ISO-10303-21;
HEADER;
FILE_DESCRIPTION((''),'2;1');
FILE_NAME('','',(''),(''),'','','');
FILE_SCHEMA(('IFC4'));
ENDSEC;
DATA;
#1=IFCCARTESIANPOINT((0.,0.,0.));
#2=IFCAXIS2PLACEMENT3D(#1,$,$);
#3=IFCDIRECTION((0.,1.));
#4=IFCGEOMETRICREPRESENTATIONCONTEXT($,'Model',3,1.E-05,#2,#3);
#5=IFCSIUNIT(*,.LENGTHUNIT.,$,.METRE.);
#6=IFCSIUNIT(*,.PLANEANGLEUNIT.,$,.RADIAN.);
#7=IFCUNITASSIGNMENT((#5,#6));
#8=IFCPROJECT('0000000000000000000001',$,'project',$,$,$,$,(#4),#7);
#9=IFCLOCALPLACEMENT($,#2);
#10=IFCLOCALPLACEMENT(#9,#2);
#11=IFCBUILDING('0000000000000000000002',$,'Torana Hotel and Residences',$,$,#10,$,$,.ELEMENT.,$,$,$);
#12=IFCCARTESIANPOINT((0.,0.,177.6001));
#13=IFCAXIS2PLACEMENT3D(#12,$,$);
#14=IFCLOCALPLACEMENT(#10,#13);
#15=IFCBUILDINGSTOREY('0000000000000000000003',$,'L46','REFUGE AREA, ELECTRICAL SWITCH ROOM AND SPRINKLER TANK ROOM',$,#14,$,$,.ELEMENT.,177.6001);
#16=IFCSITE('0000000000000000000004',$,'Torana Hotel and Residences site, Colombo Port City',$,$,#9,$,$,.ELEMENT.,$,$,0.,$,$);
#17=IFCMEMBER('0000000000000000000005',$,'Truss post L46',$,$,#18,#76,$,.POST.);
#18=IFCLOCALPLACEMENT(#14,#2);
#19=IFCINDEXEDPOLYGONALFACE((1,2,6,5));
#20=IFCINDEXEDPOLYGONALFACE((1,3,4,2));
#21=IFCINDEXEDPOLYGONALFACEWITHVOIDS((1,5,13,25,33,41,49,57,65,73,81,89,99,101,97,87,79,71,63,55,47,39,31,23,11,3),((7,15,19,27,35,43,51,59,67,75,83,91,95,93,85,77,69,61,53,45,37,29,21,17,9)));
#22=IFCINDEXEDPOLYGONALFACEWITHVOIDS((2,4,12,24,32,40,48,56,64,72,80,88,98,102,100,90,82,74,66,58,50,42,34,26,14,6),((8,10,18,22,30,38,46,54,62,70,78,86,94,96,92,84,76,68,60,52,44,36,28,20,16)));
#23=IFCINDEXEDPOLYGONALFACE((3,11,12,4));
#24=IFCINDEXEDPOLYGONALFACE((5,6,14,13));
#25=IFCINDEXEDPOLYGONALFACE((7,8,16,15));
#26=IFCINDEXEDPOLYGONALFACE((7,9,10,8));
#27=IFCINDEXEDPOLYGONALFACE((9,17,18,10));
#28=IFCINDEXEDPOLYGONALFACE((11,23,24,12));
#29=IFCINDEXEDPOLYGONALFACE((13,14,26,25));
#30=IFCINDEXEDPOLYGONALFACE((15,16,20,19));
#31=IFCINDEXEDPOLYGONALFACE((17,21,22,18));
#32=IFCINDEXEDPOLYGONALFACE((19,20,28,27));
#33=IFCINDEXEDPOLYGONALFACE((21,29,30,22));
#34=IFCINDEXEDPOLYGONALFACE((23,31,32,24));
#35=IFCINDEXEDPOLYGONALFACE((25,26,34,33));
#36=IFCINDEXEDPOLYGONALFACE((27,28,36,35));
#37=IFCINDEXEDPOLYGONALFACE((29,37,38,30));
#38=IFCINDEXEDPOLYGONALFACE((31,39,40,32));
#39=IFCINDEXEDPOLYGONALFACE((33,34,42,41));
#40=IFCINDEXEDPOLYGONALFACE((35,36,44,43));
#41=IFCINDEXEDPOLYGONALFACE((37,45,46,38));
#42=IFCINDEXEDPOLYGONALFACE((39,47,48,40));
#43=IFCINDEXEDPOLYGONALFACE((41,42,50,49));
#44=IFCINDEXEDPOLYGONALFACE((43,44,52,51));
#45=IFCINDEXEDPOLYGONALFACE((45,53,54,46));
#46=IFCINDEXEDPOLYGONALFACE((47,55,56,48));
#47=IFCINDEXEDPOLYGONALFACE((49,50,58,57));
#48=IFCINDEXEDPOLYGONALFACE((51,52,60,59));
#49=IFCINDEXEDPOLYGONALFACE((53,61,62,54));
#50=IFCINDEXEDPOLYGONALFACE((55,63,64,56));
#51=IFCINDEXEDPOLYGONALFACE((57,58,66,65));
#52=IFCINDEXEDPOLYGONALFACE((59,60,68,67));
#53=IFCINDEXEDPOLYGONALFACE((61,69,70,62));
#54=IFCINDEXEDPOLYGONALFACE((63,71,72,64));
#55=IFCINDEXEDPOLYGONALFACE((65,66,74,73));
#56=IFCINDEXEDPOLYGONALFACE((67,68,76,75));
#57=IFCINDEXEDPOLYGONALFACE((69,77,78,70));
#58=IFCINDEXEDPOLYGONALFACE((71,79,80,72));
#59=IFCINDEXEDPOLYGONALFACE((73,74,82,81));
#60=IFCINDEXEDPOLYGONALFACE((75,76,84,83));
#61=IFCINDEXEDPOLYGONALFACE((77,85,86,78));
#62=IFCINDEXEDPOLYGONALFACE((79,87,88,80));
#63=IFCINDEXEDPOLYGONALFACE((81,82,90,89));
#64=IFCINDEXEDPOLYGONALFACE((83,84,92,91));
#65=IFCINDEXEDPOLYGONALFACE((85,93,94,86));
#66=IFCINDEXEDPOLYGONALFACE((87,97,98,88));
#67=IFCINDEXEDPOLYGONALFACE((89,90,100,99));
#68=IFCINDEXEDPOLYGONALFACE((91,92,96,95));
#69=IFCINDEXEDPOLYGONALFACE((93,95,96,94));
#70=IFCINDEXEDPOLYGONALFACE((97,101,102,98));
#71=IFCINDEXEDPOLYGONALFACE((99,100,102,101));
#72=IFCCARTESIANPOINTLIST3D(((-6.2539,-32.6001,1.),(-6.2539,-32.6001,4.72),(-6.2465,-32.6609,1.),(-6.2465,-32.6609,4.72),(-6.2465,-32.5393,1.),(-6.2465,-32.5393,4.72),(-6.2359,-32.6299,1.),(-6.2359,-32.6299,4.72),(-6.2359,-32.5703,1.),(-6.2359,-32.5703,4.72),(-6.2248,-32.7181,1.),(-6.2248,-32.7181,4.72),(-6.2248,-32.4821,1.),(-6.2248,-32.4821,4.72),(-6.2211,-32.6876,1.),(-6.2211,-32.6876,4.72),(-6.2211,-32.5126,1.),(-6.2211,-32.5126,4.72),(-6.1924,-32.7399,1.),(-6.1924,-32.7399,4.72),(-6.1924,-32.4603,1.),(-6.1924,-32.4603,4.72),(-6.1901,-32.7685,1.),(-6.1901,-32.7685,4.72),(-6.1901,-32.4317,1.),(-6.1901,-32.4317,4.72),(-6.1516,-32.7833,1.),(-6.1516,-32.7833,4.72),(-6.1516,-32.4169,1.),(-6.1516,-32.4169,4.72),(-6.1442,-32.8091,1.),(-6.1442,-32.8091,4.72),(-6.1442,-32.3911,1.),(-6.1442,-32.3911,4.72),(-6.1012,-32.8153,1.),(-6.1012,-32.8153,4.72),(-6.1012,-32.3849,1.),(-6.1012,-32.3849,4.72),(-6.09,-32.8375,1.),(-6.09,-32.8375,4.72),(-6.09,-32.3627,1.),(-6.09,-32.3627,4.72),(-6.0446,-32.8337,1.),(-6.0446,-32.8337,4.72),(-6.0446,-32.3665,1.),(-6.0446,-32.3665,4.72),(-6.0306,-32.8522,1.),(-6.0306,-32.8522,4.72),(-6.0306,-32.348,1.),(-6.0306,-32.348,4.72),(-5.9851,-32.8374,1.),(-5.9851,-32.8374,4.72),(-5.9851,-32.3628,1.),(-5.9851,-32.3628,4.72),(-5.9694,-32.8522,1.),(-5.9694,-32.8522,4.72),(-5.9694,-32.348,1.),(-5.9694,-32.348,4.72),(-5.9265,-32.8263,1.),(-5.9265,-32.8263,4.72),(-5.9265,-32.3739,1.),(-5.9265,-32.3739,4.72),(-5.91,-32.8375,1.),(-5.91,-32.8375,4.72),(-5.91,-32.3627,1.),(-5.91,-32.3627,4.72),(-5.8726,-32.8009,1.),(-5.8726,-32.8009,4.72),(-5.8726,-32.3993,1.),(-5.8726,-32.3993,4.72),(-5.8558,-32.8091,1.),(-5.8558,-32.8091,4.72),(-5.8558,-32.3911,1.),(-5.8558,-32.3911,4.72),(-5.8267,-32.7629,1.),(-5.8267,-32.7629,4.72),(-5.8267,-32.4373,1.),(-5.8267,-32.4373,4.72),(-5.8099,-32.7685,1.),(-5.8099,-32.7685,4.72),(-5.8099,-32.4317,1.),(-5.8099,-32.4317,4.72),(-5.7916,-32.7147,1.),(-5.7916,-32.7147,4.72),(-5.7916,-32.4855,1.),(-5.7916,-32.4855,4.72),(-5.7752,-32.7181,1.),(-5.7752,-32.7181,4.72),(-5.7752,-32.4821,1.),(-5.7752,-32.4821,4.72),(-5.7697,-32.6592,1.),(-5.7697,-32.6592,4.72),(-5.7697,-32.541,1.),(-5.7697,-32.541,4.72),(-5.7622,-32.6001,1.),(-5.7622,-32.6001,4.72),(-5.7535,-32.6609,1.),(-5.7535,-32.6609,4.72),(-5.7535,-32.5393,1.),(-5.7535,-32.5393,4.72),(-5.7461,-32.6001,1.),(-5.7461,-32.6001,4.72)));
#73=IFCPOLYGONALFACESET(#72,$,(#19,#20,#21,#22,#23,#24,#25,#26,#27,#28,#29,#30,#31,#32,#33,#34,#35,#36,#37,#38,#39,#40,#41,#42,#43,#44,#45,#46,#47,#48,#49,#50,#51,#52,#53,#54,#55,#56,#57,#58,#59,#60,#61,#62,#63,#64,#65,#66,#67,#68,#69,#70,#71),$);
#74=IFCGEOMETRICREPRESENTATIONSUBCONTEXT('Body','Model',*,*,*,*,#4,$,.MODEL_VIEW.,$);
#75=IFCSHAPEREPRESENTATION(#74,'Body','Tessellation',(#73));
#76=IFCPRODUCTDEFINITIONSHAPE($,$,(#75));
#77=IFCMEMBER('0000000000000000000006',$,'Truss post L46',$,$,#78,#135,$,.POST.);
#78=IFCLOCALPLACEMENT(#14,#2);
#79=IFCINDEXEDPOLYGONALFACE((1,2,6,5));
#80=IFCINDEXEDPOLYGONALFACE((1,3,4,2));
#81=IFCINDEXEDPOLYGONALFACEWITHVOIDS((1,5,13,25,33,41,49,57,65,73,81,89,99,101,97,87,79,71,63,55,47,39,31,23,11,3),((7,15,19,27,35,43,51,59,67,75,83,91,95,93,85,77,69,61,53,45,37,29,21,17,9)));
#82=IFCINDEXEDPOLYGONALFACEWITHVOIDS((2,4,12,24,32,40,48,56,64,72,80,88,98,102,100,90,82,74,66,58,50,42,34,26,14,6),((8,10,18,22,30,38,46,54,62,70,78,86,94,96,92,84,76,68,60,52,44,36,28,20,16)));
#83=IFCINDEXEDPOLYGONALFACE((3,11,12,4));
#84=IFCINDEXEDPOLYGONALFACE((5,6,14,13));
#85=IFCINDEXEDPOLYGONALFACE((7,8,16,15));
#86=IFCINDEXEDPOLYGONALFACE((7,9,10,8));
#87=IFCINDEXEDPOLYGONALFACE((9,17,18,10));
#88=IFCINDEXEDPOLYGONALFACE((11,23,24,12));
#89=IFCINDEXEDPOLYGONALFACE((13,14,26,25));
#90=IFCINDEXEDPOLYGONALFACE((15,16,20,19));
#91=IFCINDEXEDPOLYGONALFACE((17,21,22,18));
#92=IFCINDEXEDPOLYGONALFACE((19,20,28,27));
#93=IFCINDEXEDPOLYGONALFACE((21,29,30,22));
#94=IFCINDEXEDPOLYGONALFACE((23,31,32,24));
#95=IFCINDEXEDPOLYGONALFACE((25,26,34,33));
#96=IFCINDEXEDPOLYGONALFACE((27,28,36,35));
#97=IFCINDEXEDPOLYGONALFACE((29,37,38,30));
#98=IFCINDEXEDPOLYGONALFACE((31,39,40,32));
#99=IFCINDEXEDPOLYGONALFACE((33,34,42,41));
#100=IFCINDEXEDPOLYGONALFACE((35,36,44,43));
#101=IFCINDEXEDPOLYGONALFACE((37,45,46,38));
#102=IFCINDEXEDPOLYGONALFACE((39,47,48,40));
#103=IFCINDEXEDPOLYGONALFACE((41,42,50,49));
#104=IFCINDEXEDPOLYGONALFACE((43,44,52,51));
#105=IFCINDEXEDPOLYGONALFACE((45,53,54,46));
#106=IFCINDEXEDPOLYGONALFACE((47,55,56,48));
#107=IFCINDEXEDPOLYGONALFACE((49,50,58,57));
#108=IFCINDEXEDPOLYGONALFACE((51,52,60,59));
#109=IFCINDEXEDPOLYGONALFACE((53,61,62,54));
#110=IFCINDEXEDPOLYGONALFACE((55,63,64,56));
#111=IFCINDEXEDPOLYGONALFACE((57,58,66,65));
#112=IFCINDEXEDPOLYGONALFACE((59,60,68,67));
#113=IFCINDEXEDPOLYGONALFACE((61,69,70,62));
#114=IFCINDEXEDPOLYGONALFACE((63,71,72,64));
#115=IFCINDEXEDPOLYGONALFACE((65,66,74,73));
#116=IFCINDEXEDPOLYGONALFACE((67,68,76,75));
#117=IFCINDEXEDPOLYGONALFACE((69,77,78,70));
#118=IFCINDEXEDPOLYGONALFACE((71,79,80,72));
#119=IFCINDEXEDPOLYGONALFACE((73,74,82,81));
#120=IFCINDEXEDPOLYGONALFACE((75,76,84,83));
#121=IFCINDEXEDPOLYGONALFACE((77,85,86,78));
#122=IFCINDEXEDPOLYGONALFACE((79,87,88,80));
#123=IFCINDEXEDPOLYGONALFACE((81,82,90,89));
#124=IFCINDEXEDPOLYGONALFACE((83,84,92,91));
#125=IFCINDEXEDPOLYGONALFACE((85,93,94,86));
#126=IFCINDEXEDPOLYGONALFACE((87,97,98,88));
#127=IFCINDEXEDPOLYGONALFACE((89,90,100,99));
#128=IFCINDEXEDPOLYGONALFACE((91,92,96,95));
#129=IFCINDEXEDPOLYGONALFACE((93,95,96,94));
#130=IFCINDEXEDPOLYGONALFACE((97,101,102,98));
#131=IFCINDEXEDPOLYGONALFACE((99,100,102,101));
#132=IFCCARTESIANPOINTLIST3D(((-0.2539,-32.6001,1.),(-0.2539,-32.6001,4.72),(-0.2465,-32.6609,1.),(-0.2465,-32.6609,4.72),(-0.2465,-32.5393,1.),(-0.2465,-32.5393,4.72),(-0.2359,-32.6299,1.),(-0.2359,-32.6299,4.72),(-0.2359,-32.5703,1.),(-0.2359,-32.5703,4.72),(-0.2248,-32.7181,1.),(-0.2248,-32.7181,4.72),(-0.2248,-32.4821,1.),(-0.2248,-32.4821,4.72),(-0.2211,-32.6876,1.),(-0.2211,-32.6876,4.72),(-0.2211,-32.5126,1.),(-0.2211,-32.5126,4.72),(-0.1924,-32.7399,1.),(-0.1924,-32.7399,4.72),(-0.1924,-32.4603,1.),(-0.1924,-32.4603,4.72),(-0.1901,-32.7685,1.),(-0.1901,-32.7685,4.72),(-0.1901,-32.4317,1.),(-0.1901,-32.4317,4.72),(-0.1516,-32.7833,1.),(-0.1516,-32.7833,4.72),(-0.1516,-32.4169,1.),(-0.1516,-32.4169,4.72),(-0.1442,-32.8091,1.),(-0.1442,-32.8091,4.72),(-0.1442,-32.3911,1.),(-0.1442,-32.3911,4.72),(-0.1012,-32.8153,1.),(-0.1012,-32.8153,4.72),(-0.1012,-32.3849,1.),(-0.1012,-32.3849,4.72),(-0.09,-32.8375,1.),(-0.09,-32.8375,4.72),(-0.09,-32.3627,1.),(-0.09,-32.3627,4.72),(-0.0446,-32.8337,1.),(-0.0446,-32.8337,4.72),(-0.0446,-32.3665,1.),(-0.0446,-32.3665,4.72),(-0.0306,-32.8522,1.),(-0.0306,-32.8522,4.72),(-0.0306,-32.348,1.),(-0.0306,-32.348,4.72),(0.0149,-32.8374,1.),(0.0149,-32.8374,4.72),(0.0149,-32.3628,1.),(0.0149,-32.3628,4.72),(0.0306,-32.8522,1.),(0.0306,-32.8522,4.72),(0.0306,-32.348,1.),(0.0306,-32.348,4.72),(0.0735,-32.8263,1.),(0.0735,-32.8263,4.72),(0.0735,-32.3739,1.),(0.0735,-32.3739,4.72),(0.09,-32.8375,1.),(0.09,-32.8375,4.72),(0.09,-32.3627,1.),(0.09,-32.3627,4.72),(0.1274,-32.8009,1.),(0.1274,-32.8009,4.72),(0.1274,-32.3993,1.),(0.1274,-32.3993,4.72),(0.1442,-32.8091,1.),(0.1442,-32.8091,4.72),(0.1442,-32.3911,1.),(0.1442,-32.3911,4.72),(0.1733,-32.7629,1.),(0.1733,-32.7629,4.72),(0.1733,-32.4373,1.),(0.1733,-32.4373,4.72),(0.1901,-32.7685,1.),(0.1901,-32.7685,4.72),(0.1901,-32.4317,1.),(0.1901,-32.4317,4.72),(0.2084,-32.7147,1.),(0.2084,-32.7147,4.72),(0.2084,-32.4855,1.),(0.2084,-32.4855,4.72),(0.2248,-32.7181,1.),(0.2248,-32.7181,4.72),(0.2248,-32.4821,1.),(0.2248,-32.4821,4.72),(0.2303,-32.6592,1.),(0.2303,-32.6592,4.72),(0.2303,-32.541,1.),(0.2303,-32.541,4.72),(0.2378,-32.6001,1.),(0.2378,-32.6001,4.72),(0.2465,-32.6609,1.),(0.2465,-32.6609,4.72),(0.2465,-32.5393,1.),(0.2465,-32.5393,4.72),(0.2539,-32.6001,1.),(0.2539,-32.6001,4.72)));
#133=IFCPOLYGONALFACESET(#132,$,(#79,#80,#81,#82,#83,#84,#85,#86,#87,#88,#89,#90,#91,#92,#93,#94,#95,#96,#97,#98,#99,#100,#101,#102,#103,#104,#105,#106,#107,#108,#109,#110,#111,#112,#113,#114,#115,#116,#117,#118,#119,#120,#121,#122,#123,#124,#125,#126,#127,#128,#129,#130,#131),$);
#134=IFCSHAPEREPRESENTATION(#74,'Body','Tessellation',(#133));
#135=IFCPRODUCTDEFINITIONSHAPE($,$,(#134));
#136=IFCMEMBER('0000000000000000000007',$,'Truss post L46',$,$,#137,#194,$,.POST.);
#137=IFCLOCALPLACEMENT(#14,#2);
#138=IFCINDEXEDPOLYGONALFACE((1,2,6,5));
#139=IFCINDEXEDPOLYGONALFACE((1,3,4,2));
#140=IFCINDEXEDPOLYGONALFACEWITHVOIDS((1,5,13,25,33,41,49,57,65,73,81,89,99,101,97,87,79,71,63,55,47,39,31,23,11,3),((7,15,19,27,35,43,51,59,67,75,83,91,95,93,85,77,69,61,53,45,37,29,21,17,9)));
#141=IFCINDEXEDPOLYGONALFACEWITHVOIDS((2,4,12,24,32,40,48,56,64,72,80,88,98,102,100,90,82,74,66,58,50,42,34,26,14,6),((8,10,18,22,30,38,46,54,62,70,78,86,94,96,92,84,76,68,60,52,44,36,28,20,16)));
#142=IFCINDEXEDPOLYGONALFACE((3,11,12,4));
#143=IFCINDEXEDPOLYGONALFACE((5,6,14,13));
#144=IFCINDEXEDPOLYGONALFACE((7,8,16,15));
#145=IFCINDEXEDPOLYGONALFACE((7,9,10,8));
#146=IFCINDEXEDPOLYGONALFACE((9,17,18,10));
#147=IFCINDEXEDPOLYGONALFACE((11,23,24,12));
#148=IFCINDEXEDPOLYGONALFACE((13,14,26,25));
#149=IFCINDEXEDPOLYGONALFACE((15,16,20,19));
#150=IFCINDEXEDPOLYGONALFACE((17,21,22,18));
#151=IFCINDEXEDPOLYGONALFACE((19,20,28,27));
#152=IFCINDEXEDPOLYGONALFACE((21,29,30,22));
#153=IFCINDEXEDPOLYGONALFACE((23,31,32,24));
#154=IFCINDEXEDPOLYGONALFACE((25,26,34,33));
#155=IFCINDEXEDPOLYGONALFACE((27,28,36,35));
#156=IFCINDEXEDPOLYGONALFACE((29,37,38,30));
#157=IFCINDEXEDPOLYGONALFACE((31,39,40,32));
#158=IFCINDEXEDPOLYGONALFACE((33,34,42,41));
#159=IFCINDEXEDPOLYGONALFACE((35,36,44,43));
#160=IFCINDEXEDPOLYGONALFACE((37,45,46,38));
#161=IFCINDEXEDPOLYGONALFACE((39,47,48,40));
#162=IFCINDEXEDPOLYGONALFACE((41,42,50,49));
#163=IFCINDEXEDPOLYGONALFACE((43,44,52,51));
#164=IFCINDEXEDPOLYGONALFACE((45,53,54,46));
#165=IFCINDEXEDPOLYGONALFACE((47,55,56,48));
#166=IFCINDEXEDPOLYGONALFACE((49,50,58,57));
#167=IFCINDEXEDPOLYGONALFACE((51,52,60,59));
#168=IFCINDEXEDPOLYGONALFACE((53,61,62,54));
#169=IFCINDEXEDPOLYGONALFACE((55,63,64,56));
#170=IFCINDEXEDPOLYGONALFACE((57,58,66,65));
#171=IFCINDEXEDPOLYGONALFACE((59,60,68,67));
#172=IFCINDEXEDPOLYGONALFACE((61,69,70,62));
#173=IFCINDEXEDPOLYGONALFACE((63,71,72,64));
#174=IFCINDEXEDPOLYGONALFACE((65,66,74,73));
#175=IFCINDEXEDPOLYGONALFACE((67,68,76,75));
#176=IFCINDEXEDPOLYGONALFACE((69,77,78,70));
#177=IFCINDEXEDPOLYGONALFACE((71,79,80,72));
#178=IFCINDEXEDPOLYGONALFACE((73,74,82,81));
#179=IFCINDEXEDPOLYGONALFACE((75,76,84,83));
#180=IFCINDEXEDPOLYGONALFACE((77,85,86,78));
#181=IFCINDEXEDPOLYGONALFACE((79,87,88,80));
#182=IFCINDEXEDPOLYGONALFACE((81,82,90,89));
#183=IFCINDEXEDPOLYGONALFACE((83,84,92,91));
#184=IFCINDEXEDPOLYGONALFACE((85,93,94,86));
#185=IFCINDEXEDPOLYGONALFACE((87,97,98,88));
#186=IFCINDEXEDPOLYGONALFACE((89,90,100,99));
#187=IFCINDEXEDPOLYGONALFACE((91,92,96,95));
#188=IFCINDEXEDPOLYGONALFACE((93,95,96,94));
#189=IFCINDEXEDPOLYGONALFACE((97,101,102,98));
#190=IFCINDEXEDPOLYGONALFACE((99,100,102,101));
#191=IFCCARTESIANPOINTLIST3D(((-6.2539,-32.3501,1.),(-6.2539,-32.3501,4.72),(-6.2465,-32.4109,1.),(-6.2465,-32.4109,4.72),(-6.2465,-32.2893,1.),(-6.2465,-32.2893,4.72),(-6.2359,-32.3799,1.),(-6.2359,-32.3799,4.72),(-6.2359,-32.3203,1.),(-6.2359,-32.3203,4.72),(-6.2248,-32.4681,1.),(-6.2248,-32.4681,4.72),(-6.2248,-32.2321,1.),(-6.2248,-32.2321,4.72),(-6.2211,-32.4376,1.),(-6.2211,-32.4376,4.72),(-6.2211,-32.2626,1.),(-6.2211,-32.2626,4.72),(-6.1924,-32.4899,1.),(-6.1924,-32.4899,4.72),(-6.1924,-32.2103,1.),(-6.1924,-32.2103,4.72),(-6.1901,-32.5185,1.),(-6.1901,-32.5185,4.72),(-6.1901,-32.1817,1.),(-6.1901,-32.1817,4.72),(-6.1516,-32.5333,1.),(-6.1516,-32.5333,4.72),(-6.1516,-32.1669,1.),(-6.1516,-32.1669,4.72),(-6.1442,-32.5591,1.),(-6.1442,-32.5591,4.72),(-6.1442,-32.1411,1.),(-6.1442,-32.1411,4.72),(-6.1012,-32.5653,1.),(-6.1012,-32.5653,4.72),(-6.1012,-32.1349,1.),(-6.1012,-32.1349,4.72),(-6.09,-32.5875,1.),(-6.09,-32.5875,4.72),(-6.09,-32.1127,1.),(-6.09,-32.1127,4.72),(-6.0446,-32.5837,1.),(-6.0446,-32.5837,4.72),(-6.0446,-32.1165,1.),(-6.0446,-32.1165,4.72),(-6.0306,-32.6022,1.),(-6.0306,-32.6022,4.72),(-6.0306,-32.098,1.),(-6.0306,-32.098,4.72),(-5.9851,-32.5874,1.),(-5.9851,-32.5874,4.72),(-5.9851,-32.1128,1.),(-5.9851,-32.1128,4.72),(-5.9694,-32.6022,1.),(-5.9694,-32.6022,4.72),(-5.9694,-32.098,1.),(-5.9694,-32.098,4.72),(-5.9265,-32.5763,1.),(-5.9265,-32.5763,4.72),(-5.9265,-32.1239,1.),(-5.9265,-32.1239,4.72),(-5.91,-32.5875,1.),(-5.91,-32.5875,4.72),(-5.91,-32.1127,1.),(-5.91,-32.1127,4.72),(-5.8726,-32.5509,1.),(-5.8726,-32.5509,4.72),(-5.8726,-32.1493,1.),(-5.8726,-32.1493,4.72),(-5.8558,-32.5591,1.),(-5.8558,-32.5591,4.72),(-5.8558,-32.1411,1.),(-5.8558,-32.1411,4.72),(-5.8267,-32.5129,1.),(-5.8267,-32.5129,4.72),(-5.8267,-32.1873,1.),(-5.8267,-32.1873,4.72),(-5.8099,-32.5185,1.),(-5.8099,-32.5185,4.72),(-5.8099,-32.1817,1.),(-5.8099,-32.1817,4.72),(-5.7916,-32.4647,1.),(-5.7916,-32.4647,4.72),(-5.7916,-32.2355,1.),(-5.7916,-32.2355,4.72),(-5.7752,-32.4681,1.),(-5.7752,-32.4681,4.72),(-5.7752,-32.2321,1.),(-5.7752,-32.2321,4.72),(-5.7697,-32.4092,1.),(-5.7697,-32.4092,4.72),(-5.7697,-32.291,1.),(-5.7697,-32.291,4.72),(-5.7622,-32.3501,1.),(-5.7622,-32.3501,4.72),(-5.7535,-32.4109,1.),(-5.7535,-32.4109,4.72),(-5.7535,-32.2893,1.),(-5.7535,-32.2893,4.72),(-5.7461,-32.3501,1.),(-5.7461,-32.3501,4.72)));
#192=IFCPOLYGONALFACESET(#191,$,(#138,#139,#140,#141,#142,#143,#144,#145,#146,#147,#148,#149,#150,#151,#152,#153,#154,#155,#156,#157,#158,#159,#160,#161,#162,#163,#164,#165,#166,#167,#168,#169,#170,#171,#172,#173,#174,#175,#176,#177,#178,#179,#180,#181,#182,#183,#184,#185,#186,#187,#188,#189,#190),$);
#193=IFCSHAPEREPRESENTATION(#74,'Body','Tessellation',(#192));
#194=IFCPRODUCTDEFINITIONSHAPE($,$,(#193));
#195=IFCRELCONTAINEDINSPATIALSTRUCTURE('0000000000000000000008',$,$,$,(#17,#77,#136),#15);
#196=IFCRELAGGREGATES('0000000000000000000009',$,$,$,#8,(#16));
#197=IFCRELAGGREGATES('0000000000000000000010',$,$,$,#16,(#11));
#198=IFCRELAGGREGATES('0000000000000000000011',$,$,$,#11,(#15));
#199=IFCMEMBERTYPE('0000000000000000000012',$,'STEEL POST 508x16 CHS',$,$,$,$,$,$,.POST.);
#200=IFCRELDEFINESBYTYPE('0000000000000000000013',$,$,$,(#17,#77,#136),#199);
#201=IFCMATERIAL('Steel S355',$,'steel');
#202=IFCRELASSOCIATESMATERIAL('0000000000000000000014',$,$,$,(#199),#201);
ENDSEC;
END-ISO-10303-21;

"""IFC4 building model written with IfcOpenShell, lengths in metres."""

from ifc_helpers import new_model, si_unit, direction, frame, origin, origin_2d, place, context, subcontext, project, spatial, hollow_circle, extrude, material, material_profile, profile_set, type_object, element, save


model = new_model("IFC4")

# Units and contexts
model_context = context("Model", 3, precision=1e-05, world=origin(), true_north=direction((0.0, 1.0)))
body_context = subcontext(model_context, "Body", "Model", "MODEL_VIEW")
ifc_project = project(units=[si_unit("LENGTHUNIT", "METRE"), si_unit("PLANEANGLEUNIT", "RADIAN")], contexts=[model_context])

# Site, building, storey
site_placement = place(None, origin())
site = spatial("IfcSite", under=ifc_project, at=site_placement, Name="Torana Hotel and Residences site, Colombo Port City", CompositionType="ELEMENT", RefElevation=0.0)
building_placement = place(site_placement, origin())
building = spatial("IfcBuilding", under=site, at=building_placement, Name="Torana Hotel and Residences", CompositionType="ELEMENT")
storey_placement = place(building_placement, frame((0.0, 0.0, 177.6001)))
storey = spatial("IfcBuildingStorey", under=building, at=storey_placement, Name="L46", Description="REFUGE AREA, ELECTRICAL SWITCH ROOM AND SPRINKLER TANK ROOM", CompositionType="ELEMENT", Elevation=177.6001)

# Members
ifc_material_1 = material(Name="Steel S355", Category="steel")
ifc_material_profile_1 = material_profile(ifc_material_1, hollow_circle(Radius=0.2539, WallThickness=0.0161, at=origin_2d()), Name="508x16 CHS")
ifc_profile_set_1 = profile_set([ifc_material_profile_1], Name="Steel S355")
member_type_1 = type_object("IfcMemberType", Name="STEEL POST 508x16 CHS", PredefinedType="POST", material=ifc_profile_set_1)
for number, where, z_axis, x_axis, name in (
    (1, (-6.0, -32.6001, 1.0), (0.0, 0.0, 1.0), (1.0, 0.0, 0.0), "Truss post L46"),
    (2, (0.0, -32.6001, 1.0), (0.0, 0.0, 1.0), (1.0, 0.0, 0.0), "Truss post L46"),
    (3, (-6.0, -32.3501, 1.0), (0.0, 0.0, 1.0), (1.0, 0.0, 0.0), "Truss post L46"),
):
    element("IfcMember", number, at=place(storey_placement, frame(where, z_axis=z_axis, x_axis=x_axis)), inside=storey, type_object=member_type_1, Name=name, PredefinedType="POST", context=body_context, shape_type="SweptSolid", body=[
        extrude(hollow_circle(Radius=0.2539, WallThickness=0.0161, at=origin_2d()), origin(), (0.0, 0.0, 1.0), 3.72),
    ])

save(model, "model.ifc")
